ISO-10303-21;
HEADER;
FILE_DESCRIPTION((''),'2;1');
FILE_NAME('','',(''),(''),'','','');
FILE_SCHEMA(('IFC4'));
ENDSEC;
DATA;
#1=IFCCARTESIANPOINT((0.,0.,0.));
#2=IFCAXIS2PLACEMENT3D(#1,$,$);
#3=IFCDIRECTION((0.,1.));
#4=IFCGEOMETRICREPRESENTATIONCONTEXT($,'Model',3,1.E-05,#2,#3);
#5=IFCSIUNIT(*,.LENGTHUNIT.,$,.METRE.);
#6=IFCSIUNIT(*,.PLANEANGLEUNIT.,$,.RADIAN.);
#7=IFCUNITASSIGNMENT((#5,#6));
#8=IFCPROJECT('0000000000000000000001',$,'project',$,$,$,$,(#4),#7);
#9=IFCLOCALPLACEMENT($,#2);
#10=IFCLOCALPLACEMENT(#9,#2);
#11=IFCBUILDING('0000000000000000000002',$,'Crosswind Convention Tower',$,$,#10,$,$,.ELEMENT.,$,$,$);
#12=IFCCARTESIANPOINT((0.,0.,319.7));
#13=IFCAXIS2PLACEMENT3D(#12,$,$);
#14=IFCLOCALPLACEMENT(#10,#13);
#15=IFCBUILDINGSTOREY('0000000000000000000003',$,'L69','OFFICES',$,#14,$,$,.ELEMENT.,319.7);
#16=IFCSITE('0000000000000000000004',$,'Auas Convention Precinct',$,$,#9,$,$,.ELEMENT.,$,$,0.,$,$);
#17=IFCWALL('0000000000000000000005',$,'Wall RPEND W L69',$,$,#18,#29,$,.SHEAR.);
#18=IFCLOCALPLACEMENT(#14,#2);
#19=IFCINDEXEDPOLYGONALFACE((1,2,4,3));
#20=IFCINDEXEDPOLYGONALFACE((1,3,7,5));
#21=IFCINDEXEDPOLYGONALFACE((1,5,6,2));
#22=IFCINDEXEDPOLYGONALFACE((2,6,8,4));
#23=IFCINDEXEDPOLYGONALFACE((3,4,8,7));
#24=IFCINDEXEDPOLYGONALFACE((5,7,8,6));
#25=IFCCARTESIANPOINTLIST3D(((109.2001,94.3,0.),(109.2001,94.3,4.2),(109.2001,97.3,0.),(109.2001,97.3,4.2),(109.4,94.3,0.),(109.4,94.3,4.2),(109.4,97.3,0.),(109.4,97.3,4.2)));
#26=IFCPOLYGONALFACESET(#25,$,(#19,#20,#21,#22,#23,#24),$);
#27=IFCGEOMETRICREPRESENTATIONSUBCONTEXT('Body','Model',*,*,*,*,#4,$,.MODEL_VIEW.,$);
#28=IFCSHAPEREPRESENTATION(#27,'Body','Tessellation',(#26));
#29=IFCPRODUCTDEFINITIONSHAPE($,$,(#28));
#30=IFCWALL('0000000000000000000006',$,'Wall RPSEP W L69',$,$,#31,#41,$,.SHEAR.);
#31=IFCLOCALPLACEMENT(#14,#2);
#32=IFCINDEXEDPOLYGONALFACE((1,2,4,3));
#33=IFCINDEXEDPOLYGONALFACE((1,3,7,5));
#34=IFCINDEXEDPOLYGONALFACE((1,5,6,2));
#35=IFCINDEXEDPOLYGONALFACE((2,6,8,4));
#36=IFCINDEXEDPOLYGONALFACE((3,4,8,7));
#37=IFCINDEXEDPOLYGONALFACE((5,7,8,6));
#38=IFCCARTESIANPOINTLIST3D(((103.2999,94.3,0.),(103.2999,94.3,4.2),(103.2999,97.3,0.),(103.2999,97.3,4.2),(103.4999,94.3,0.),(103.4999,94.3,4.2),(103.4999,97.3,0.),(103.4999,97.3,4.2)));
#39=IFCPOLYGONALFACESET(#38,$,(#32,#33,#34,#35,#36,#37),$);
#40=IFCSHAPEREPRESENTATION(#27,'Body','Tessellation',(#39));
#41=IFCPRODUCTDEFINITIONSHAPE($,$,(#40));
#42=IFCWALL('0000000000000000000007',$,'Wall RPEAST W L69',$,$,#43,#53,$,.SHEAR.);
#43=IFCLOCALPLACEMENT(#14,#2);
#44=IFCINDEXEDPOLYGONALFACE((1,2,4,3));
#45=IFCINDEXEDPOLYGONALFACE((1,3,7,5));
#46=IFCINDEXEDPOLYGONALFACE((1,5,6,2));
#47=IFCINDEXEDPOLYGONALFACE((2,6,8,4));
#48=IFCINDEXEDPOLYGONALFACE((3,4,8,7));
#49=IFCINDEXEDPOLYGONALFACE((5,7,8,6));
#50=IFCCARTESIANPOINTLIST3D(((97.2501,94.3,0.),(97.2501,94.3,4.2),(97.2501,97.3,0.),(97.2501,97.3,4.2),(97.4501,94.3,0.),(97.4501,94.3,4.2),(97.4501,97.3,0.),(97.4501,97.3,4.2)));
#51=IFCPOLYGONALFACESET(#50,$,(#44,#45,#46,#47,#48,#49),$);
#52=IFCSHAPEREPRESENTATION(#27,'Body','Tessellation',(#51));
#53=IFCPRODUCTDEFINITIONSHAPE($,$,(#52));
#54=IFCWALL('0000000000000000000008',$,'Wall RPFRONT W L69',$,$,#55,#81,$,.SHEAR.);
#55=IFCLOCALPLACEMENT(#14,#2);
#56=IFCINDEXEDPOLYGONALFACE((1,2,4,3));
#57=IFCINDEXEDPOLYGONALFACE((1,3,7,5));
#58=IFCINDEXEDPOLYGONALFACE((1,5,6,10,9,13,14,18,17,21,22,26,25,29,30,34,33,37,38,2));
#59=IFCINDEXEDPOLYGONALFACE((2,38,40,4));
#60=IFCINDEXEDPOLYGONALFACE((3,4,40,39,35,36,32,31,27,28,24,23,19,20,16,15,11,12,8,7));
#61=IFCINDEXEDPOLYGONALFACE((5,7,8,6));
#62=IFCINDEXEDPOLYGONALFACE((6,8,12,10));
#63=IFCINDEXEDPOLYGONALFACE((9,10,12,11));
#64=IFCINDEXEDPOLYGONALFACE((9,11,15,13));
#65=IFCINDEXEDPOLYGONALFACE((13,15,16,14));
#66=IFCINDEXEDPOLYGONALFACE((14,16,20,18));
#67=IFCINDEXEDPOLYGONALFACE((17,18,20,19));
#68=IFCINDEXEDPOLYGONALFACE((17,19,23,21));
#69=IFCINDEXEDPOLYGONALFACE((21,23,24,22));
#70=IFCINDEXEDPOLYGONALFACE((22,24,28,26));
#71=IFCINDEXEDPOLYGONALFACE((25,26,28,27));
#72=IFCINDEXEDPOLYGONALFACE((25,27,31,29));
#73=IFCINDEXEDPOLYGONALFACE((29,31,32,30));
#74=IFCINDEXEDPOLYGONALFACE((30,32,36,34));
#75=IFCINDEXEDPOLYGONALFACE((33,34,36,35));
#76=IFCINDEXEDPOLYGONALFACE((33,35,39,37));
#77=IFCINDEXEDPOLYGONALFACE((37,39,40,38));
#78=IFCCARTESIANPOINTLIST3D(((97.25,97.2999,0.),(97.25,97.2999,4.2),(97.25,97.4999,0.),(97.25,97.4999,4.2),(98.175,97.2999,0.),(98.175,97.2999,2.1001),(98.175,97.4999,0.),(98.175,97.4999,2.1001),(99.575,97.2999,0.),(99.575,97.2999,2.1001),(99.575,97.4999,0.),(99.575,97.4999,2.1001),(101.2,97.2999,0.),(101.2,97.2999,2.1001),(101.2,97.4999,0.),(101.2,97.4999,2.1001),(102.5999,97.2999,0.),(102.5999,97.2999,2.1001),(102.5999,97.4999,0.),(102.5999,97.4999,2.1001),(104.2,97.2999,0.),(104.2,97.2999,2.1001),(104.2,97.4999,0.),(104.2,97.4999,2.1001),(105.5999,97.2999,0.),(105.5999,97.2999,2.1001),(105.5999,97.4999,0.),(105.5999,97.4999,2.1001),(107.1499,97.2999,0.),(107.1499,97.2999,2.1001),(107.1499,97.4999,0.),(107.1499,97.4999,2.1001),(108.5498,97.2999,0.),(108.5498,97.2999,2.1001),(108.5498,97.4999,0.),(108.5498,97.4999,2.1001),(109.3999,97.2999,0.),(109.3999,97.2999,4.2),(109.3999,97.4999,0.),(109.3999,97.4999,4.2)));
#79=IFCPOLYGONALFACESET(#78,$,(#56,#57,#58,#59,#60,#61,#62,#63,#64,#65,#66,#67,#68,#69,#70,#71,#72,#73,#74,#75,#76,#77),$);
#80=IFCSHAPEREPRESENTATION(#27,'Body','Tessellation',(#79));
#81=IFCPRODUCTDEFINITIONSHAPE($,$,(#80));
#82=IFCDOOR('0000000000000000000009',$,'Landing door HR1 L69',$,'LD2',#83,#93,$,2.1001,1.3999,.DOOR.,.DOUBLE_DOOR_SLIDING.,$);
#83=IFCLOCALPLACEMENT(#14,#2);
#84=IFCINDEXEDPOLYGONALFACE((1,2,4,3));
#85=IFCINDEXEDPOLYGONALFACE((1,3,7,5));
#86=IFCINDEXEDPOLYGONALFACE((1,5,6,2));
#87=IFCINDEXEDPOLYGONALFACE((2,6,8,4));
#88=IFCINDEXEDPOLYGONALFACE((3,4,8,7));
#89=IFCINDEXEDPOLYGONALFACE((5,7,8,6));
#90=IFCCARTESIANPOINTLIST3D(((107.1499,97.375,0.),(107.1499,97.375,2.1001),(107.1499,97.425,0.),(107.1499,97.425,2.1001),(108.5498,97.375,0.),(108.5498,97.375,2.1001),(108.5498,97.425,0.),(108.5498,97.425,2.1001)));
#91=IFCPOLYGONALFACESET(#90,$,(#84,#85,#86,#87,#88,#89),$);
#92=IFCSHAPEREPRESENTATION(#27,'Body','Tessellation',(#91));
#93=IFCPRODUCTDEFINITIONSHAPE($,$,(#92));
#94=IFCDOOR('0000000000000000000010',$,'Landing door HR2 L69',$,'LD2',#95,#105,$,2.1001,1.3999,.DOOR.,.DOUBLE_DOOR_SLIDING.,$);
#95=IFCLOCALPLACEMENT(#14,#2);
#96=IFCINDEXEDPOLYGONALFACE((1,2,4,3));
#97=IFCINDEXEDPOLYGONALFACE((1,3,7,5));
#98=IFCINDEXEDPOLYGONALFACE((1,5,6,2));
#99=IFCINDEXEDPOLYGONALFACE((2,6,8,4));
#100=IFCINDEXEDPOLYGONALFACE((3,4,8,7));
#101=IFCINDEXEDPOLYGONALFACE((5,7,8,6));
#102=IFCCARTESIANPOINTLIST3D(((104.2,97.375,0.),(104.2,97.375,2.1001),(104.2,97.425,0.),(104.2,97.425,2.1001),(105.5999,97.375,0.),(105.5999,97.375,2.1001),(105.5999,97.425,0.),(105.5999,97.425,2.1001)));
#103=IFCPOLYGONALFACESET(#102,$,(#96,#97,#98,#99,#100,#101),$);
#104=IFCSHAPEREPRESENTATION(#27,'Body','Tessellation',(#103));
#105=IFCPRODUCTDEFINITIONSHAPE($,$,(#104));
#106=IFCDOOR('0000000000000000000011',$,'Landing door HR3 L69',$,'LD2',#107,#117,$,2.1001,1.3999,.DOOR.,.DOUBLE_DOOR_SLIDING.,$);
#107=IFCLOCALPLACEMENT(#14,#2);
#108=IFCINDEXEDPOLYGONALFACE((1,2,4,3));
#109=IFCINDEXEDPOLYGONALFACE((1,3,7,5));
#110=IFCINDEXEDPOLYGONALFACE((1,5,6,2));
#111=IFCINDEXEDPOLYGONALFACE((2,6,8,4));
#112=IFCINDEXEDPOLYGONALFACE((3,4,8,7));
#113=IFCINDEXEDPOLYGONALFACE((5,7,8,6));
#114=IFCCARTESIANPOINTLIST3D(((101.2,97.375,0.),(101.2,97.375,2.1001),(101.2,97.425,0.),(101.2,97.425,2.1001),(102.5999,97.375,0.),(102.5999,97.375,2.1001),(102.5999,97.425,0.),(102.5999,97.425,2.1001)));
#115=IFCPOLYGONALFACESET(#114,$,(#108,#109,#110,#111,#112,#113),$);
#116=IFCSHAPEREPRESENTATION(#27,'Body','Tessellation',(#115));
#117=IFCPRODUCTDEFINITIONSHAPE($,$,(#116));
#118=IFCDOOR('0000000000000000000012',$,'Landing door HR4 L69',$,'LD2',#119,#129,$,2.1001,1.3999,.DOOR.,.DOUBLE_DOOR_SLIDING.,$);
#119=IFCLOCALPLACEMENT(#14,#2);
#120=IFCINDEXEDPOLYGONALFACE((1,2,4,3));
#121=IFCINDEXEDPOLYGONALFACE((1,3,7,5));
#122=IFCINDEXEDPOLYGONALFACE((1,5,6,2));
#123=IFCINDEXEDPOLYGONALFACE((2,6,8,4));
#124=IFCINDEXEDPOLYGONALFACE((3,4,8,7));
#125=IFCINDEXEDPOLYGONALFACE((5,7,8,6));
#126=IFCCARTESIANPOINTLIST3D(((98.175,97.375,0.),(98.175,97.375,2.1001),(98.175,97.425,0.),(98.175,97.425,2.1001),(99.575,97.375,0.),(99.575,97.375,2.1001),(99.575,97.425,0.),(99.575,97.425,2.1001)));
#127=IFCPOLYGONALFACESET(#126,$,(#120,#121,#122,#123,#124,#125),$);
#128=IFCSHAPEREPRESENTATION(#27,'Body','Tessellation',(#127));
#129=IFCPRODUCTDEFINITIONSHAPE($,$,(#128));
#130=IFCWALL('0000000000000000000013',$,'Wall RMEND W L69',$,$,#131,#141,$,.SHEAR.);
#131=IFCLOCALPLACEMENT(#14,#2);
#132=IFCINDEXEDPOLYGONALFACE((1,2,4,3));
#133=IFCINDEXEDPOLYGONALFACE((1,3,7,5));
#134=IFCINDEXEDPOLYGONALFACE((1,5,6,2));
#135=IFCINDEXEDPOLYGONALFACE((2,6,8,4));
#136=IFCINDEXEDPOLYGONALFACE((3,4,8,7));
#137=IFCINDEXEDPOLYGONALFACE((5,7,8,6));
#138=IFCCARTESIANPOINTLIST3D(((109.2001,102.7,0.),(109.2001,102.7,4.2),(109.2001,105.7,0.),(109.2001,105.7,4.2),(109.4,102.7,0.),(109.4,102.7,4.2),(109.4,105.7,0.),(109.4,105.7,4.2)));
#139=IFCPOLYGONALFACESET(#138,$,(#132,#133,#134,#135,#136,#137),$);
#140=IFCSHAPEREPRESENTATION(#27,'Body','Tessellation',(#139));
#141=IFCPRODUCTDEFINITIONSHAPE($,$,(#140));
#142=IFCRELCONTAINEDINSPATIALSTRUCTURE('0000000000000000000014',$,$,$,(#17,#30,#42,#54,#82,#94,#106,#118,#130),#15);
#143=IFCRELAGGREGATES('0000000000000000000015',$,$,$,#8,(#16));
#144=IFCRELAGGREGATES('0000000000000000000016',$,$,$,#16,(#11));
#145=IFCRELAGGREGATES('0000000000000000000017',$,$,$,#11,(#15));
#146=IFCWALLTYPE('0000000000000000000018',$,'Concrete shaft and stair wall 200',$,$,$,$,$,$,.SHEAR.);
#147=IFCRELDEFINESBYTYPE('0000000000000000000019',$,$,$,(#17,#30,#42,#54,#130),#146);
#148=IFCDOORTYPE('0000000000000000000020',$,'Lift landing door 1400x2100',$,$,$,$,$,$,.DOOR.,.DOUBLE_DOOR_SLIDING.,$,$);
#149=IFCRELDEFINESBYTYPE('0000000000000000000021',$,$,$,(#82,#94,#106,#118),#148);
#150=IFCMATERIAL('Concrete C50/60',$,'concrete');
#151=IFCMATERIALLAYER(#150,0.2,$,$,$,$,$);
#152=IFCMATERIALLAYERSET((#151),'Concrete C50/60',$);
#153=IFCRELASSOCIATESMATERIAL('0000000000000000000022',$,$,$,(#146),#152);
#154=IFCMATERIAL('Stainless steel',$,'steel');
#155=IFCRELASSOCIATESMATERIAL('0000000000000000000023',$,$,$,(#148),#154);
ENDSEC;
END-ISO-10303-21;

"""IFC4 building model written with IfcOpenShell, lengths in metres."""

from ifc_helpers import new_model, si_unit, direction, frame, frame_2d, origin, place, context, subcontext, project, spatial, rectangle, extrude, material, layer, layer_set, type_object, element, fill, save


model = new_model("IFC4")

# Units and contexts
model_context = context("Model", 3, precision=1e-05, world=origin(), true_north=direction((0.0, 1.0)))
body_context = subcontext(model_context, "Body", "Model", "MODEL_VIEW")
ifc_project = project(units=[si_unit("LENGTHUNIT", "METRE"), si_unit("PLANEANGLEUNIT", "RADIAN")], contexts=[model_context])

# Site, building, storey
site_placement = place(None, origin())
site = spatial("IfcSite", under=ifc_project, at=site_placement, Name="Auas Convention Precinct", CompositionType="ELEMENT", RefElevation=0.0)
building_placement = place(site_placement, origin())
building = spatial("IfcBuilding", under=site, at=building_placement, Name="Crosswind Convention Tower", CompositionType="ELEMENT")
storey_placement = place(building_placement, frame((0.0, 0.0, 319.7)))
storey = spatial("IfcBuildingStorey", under=building, at=storey_placement, Name="L69", Description="OFFICES", CompositionType="ELEMENT", Elevation=319.7)

# Walls
ifc_material_1 = material(Name="Concrete C50/60", Category="concrete")
ifc_layer_1 = layer(ifc_material_1, 0.2)
ifc_layer_set_1 = layer_set([ifc_layer_1], Name="Concrete C50/60")
wall_type_1 = type_object("IfcWallType", Name="Concrete shaft and stair wall 200", PredefinedType="SHEAR", material=ifc_layer_set_1)
for number, where, z_axis, x_axis, name in (
    (1, (109.3, 97.3, 0.0), (0.0, 0.0, 1.0), (0.0, -1.0, 0.0), "Wall RPEND W L69"),
    (2, (103.3999, 97.3, 0.0), (0.0, 0.0, 1.0), (0.0, -1.0, 0.0), "Wall RPSEP W L69"),
    (3, (97.3501, 97.3, 0.0), (0.0, 0.0, 1.0), (0.0, -1.0, 0.0), "Wall RPEAST W L69"),
):
    element("IfcWall", number, at=place(storey_placement, frame(where, z_axis=z_axis, x_axis=x_axis)), inside=storey, type_object=wall_type_1, Name=name, PredefinedType="SHEAR", context=body_context, shape_type="SweptSolid", body=[
        extrude(rectangle(XDim=3.0, YDim=0.2, at=frame_2d((1.5, 0.0))), origin(), (0.0, 0.0, 1.0), 4.2),
    ])

# Wall, openings, doors
wall_1_placement = place(storey_placement, frame((109.3999, 97.3999, 0.0), z_axis=(0.0, 0.0, 1.0), x_axis=(-1.0, 0.0, 0.0)))
wall_1 = element("IfcWall", 4, at=wall_1_placement, inside=storey, type_object=wall_type_1, Name="Wall RPFRONT W L69", PredefinedType="SHEAR", context=body_context, shape_type="SweptSolid", body=[
    extrude(rectangle(XDim=12.1499, YDim=0.2, at=frame_2d((6.075, 0.0))), origin(), (0.0, 0.0, 1.0), 4.2),
])
opening_1_placement = place(wall_1_placement, frame((0.8501, 0.0, 0.0)))
opening_1 = element("IfcOpeningElement", 5, at=opening_1_placement, cuts=wall_1, PredefinedType="OPENING", context=body_context, shape_type="SweptSolid", body=[
    extrude(rectangle(XDim=1.3999, YDim=2.1001, at=frame_2d((0.7, 1.05))), frame((0.0, 0.1099, 0.0), z_axis=(0.0, -1.0, 0.0), x_axis=(1.0, 0.0, 0.0)), (0.0, 0.0, 1.0), 0.22),
])
opening_2_placement = place(wall_1_placement, frame((3.8, 0.0, 0.0)))
opening_2 = element("IfcOpeningElement", 6, at=opening_2_placement, cuts=wall_1, PredefinedType="OPENING", context=body_context, shape_type="SweptSolid", body=[
    extrude(rectangle(XDim=1.3999, YDim=2.1001, at=frame_2d((0.7, 1.05))), frame((0.0, 0.1099, 0.0), z_axis=(0.0, -1.0, 0.0), x_axis=(1.0, 0.0, 0.0)), (0.0, 0.0, 1.0), 0.22),
])
opening_3_placement = place(wall_1_placement, frame((6.8, 0.0, 0.0)))
opening_3 = element("IfcOpeningElement", 7, at=opening_3_placement, cuts=wall_1, PredefinedType="OPENING", context=body_context, shape_type="SweptSolid", body=[
    extrude(rectangle(XDim=1.3999, YDim=2.1001, at=frame_2d((0.7, 1.05))), frame((0.0, 0.1099, 0.0), z_axis=(0.0, -1.0, 0.0), x_axis=(1.0, 0.0, 0.0)), (0.0, 0.0, 1.0), 0.22),
])
opening_4_placement = place(wall_1_placement, frame((9.825, 0.0, 0.0)))
opening_4 = element("IfcOpeningElement", 8, at=opening_4_placement, cuts=wall_1, PredefinedType="OPENING", context=body_context, shape_type="SweptSolid", body=[
    extrude(rectangle(XDim=1.3999, YDim=2.1001, at=frame_2d((0.7, 1.05))), frame((0.0, 0.1099, 0.0), z_axis=(0.0, -1.0, 0.0), x_axis=(1.0, 0.0, 0.0)), (0.0, 0.0, 1.0), 0.22),
])
ifc_material_2 = material(Name="Stainless steel", Category="steel")
door_type_1 = type_object("IfcDoorType", Name="Lift landing door 1400x2100", OperationType="DOUBLE_DOOR_SLIDING", PredefinedType="DOOR", material=ifc_material_2)
door_1_placement = place(opening_1_placement, origin())
door_1 = element("IfcDoor", 9, at=door_1_placement, inside=storey, type_object=door_type_1, Name="Landing door HR1 L69", ObjectType="LD2", OperationType="DOUBLE_DOOR_SLIDING", OverallHeight=2.1001, OverallWidth=1.3999, PredefinedType="DOOR", context=body_context, shape_type="SweptSolid", body=[
    extrude(rectangle(XDim=1.3999, YDim=2.1001, at=frame_2d((0.7, 1.05))), frame((0.0, 0.0249, 0.0), z_axis=(0.0, -1.0, 0.0), x_axis=(1.0, 0.0, 0.0)), (0.0, 0.0, 1.0), 0.05),
])
fill(opening_1, door_1)
door_2_placement = place(opening_2_placement, origin())
door_2 = element("IfcDoor", 10, at=door_2_placement, inside=storey, type_object=door_type_1, Name="Landing door HR2 L69", ObjectType="LD2", OperationType="DOUBLE_DOOR_SLIDING", OverallHeight=2.1001, OverallWidth=1.3999, PredefinedType="DOOR", context=body_context, shape_type="SweptSolid", body=[
    extrude(rectangle(XDim=1.3999, YDim=2.1001, at=frame_2d((0.7, 1.05))), frame((0.0, 0.0249, 0.0), z_axis=(0.0, -1.0, 0.0), x_axis=(1.0, 0.0, 0.0)), (0.0, 0.0, 1.0), 0.05),
])
fill(opening_2, door_2)
door_3_placement = place(opening_3_placement, origin())
door_3 = element("IfcDoor", 11, at=door_3_placement, inside=storey, type_object=door_type_1, Name="Landing door HR3 L69", ObjectType="LD2", OperationType="DOUBLE_DOOR_SLIDING", OverallHeight=2.1001, OverallWidth=1.3999, PredefinedType="DOOR", context=body_context, shape_type="SweptSolid", body=[
    extrude(rectangle(XDim=1.3999, YDim=2.1001, at=frame_2d((0.7, 1.05))), frame((0.0, 0.0249, 0.0), z_axis=(0.0, -1.0, 0.0), x_axis=(1.0, 0.0, 0.0)), (0.0, 0.0, 1.0), 0.05),
])
fill(opening_3, door_3)
door_4_placement = place(opening_4_placement, origin())
door_4 = element("IfcDoor", 12, at=door_4_placement, inside=storey, type_object=door_type_1, Name="Landing door HR4 L69", ObjectType="LD2", OperationType="DOUBLE_DOOR_SLIDING", OverallHeight=2.1001, OverallWidth=1.3999, PredefinedType="DOOR", context=body_context, shape_type="SweptSolid", body=[
    extrude(rectangle(XDim=1.3999, YDim=2.1001, at=frame_2d((0.7, 1.05))), frame((0.0, 0.0249, 0.0), z_axis=(0.0, -1.0, 0.0), x_axis=(1.0, 0.0, 0.0)), (0.0, 0.0, 1.0), 0.05),
])
fill(opening_4, door_4)

# Wall
wall_2_placement = place(storey_placement, frame((109.3, 105.7, 0.0), z_axis=(0.0, 0.0, 1.0), x_axis=(0.0, -1.0, 0.0)))
element("IfcWall", 13, at=wall_2_placement, inside=storey, type_object=wall_type_1, Name="Wall RMEND W L69", PredefinedType="SHEAR", context=body_context, shape_type="SweptSolid", body=[
    extrude(rectangle(XDim=3.0, YDim=0.2, at=frame_2d((1.5, 0.0))), origin(), (0.0, 0.0, 1.0), 4.2),
])

save(model, "model.ifc")
